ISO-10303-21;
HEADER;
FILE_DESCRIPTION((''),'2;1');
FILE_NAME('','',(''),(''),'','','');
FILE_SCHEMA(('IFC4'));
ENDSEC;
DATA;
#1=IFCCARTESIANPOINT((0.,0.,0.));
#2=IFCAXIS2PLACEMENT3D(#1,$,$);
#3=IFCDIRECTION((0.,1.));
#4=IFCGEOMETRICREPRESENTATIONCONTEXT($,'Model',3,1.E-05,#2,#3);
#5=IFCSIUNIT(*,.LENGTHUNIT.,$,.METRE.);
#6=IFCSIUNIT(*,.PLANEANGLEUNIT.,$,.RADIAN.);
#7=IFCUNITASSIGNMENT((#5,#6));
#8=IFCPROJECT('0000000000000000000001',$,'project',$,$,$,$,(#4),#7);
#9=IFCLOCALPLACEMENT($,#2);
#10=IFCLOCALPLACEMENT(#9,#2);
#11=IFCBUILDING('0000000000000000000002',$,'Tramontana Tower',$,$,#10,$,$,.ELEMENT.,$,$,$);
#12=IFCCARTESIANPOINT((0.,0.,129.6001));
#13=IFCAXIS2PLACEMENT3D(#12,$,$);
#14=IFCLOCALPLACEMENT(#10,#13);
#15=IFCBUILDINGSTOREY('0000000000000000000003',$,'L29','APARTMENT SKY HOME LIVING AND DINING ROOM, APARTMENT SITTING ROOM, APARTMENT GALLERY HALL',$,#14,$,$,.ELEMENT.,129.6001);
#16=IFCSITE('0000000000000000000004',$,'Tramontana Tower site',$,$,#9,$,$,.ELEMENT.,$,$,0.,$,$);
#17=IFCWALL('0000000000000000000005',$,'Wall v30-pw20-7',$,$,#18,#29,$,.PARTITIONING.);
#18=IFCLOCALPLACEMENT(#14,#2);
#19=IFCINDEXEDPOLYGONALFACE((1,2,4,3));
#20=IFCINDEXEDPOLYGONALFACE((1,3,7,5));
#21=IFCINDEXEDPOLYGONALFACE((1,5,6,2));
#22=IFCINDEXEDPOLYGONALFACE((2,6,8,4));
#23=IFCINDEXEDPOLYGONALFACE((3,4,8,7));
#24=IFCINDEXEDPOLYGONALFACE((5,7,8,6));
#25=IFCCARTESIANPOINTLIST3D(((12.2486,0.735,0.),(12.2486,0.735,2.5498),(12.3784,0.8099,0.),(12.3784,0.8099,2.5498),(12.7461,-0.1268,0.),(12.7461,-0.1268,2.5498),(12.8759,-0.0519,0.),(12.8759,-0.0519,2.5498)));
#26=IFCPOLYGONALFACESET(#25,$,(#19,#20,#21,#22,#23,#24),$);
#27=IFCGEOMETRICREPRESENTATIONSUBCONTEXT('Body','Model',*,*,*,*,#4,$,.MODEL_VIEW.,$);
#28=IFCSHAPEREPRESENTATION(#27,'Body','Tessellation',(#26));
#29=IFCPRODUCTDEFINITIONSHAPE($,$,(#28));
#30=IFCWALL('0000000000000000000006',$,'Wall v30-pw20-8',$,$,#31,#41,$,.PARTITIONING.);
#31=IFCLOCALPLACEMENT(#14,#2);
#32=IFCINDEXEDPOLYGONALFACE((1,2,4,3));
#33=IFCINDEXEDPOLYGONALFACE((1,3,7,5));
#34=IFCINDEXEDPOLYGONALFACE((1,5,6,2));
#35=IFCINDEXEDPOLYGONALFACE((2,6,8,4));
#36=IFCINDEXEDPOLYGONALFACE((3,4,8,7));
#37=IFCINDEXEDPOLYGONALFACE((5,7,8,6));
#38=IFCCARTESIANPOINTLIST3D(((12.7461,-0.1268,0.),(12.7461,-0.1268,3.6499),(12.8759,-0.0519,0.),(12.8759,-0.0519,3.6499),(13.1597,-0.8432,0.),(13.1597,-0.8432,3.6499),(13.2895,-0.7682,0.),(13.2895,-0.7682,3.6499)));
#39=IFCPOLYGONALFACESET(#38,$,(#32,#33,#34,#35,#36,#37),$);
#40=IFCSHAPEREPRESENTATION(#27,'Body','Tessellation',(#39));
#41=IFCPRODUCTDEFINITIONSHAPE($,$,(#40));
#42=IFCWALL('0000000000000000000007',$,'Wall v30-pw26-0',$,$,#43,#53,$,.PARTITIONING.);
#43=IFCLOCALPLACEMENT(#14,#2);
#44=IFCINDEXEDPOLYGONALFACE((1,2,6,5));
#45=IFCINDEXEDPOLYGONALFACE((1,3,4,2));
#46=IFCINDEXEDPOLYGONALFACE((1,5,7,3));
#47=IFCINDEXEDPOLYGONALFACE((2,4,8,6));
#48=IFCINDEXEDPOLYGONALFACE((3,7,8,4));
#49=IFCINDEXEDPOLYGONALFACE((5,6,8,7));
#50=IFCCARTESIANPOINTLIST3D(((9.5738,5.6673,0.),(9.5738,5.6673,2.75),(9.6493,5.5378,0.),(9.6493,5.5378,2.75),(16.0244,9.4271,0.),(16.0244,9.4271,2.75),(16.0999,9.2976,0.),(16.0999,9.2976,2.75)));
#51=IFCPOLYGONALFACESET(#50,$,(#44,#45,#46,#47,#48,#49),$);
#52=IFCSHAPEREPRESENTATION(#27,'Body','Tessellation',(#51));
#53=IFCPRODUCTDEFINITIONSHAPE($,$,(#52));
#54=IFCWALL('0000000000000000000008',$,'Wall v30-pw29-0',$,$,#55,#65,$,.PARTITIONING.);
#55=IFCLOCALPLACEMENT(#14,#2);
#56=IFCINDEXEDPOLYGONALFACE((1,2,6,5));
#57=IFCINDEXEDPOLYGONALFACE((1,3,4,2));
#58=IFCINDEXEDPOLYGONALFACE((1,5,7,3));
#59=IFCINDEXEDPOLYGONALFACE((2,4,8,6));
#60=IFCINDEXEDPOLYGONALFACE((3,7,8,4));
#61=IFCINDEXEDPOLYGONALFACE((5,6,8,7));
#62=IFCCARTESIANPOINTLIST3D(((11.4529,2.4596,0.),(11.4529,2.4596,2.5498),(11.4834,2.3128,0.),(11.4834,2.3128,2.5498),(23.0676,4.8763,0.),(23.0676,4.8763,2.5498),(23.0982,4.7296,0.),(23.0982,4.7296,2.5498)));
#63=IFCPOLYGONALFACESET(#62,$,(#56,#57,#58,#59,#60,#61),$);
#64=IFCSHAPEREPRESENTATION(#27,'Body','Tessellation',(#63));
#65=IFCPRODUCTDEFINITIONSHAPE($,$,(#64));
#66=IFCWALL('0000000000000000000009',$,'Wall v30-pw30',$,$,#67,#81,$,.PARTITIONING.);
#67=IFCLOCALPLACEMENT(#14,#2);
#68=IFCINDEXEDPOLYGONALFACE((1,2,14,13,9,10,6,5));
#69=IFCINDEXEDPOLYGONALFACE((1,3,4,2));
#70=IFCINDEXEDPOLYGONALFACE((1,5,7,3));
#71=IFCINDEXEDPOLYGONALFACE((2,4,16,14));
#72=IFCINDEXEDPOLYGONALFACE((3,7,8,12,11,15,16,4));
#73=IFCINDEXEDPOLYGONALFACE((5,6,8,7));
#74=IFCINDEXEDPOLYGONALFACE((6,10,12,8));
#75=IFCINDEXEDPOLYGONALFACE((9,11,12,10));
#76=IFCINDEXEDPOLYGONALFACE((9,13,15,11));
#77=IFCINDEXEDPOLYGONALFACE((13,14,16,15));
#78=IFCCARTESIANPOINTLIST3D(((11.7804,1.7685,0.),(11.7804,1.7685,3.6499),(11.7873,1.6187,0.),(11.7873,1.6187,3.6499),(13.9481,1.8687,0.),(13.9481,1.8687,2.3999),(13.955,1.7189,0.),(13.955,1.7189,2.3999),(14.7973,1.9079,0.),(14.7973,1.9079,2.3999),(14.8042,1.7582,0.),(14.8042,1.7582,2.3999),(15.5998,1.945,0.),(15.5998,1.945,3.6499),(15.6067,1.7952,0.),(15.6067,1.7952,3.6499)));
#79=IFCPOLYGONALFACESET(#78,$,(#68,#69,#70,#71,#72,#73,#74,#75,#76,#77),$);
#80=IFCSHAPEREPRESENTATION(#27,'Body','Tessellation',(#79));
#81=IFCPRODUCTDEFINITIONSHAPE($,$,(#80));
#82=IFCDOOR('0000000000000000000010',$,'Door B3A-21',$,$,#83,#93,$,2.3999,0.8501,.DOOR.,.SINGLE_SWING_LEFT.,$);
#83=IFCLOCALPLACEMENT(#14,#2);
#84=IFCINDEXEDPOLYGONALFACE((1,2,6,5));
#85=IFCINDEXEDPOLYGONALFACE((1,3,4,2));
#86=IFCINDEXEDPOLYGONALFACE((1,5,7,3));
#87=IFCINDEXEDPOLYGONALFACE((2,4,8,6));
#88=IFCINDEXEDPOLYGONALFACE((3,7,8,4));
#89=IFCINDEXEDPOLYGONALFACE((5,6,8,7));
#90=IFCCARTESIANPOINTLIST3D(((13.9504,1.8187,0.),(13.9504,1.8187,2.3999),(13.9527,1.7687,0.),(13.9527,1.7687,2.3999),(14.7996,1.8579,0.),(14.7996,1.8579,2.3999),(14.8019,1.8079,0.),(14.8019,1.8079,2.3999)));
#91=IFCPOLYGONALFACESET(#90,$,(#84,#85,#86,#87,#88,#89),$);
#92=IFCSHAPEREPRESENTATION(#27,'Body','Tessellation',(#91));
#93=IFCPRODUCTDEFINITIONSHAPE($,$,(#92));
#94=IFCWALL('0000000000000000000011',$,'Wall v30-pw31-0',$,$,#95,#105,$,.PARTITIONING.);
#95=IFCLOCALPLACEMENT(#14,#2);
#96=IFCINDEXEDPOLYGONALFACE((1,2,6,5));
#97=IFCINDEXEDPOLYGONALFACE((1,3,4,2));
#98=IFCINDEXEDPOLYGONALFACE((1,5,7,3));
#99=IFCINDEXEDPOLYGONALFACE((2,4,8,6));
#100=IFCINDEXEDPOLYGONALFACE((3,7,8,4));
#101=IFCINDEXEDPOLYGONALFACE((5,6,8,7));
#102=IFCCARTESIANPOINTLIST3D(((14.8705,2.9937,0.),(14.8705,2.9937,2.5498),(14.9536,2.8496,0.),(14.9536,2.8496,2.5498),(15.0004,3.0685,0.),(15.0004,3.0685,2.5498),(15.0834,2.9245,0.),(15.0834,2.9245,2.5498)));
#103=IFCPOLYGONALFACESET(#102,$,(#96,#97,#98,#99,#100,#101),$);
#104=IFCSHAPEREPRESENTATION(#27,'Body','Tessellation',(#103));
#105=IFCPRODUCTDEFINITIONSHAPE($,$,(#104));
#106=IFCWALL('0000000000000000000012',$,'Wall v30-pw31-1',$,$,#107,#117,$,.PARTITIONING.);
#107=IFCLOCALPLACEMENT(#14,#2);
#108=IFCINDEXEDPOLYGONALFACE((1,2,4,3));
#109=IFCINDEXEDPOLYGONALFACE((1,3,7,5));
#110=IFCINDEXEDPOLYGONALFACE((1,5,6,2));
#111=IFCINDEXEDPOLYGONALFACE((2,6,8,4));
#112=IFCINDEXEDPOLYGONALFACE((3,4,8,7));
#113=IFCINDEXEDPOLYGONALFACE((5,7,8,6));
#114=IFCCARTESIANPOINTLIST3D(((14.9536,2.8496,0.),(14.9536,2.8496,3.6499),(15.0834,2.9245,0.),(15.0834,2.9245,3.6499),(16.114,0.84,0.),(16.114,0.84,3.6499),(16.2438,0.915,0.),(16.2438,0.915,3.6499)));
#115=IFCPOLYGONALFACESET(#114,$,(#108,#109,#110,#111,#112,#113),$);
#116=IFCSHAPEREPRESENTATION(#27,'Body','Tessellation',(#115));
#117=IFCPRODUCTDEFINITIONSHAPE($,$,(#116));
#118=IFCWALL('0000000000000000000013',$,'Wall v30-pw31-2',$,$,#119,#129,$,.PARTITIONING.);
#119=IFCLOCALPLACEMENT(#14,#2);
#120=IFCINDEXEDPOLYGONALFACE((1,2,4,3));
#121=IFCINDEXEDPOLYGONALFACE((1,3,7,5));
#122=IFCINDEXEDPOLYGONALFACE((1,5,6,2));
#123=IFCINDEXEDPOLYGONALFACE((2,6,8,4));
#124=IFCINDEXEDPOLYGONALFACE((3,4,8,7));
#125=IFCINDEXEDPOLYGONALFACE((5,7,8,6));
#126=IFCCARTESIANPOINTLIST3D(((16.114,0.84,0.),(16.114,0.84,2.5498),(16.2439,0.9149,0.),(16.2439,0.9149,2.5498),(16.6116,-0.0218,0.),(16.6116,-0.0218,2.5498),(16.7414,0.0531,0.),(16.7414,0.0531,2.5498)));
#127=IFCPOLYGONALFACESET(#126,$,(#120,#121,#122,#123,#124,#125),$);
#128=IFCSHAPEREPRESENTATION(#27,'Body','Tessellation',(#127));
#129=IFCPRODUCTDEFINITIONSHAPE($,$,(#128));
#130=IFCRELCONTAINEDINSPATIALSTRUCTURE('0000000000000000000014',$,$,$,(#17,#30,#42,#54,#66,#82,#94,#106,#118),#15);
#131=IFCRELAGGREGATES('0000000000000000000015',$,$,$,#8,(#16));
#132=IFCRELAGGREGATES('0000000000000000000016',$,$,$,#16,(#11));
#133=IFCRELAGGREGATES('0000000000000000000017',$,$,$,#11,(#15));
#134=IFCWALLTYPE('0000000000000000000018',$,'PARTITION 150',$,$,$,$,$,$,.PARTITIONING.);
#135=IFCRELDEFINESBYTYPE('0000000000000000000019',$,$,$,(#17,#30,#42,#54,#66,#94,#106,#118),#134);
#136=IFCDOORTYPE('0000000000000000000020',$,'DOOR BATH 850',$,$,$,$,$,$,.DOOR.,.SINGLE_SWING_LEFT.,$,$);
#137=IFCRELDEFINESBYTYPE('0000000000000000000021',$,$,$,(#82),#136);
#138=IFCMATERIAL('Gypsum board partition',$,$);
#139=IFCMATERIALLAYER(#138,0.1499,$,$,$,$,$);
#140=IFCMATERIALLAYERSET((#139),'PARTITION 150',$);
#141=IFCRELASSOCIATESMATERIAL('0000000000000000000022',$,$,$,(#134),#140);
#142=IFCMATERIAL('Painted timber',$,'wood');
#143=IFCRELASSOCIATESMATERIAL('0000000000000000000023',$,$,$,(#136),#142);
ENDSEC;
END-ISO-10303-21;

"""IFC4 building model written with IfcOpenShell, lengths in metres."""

from ifc_helpers import new_model, si_unit, direction, frame, frame_2d, origin, place, context, subcontext, project, spatial, rectangle, extrude, material, layer, layer_set, type_object, element, fill, save


model = new_model("IFC4")

# Units and contexts
model_context = context("Model", 3, precision=1e-05, world=origin(), true_north=direction((0.0, 1.0)))
body_context = subcontext(model_context, "Body", "Model", "MODEL_VIEW")
ifc_project = project(units=[si_unit("LENGTHUNIT", "METRE"), si_unit("PLANEANGLEUNIT", "RADIAN")], contexts=[model_context])

# Site, building, storey
site_placement = place(None, origin())
site = spatial("IfcSite", under=ifc_project, at=site_placement, Name="Tramontana Tower site", CompositionType="ELEMENT", RefElevation=0.0)
building_placement = place(site_placement, origin())
building = spatial("IfcBuilding", under=site, at=building_placement, Name="Tramontana Tower", CompositionType="ELEMENT")
storey_placement = place(building_placement, frame((0.0, 0.0, 129.6001)))
storey = spatial("IfcBuildingStorey", under=building, at=storey_placement, Name="L29", Description="APARTMENT SKY HOME LIVING AND DINING ROOM, APARTMENT SITTING ROOM, APARTMENT GALLERY HALL", CompositionType="ELEMENT", Elevation=129.6001)

# Shared definitions
ifc_material_1 = material(Name="Gypsum board partition")
ifc_layer_1 = layer(ifc_material_1, 0.1499)
ifc_layer_set_1 = layer_set([ifc_layer_1], Name="PARTITION 150")
wall_type_1 = type_object("IfcWallType", Name="PARTITION 150", PredefinedType="PARTITIONING", material=ifc_layer_set_1)

# Walls
wall_1_placement = place(storey_placement, frame((12.3135, 0.7725, 0.0), z_axis=(0.0, 0.0, 1.0), x_axis=(0.499991, -0.86603, 0.0)))
element("IfcWall", 1, at=wall_1_placement, inside=storey, type_object=wall_type_1, Name="Wall v30-pw20-7", PredefinedType="PARTITIONING", context=body_context, shape_type="SweptSolid", body=[
    extrude(rectangle(XDim=0.9951, YDim=0.1499, at=frame_2d((0.4976, 0.0))), origin(), (0.0, 0.0, 1.0), 2.5498),
])
wall_2_placement = place(storey_placement, frame((12.811, -0.0894, 0.0), z_axis=(0.0, 0.0, 1.0), x_axis=(0.500012, -0.866018, 0.0)))
element("IfcWall", 2, at=wall_2_placement, inside=storey, type_object=wall_type_1, Name="Wall v30-pw20-8", PredefinedType="PARTITIONING", context=body_context, shape_type="SweptSolid", body=[
    extrude(rectangle(XDim=0.8271, YDim=0.1499, at=frame_2d((0.4136, 0.0))), origin(), (0.0, 0.0, 1.0), 3.6499),
])

# Walls
wall_3_placement = place(storey_placement, frame((9.6116, 5.6025, 0.0), z_axis=(0.0, 0.0, 1.0), x_axis=(0.863953, 0.503572, 0.0)))
element("IfcWall", 3, at=wall_3_placement, inside=storey, type_object=wall_type_1, Name="Wall v30-pw26-0", PredefinedType="PARTITIONING", context=body_context, shape_type="SweptSolid", body=[
    extrude(rectangle(XDim=7.4663, YDim=0.1499, at=frame_2d((3.7332, 0.0))), origin(), (0.0, 0.0, 1.0), 2.75),
])
wall_4_placement = place(storey_placement, frame((11.4683, 2.3862, 0.0), z_axis=(0.0, 0.0, 1.0), x_axis=(0.979031, 0.203713, 0.0)))
element("IfcWall", 4, at=wall_4_placement, inside=storey, type_object=wall_type_1, Name="Wall v30-pw29-0", PredefinedType="PARTITIONING", context=body_context, shape_type="SweptSolid", body=[
    extrude(rectangle(XDim=11.8635, YDim=0.1499, at=frame_2d((5.9316, 0.0))), origin(), (0.0, 0.0, 1.0), 2.5498),
])

# Wall, opening, door
wall_5_placement = place(storey_placement, frame((11.7839, 1.6936, 0.0), z_axis=(0.0, 0.0, 1.0), x_axis=(0.998934, 0.046167, 0.0)))
wall_5 = element("IfcWall", 5, at=wall_5_placement, inside=storey, type_object=wall_type_1, Name="Wall v30-pw30", PredefinedType="PARTITIONING", context=body_context, shape_type="SweptSolid", body=[
    extrude(rectangle(XDim=3.8235, YDim=0.1499, at=frame_2d((1.9116, 0.0))), origin(), (0.0, 0.0, 1.0), 3.6499),
])
opening_1_placement = place(wall_5_placement, frame((2.1699, 0.0, 0.0)))
opening_1 = element("IfcOpeningElement", 6, at=opening_1_placement, cuts=wall_5, PredefinedType="OPENING", context=body_context, shape_type="SweptSolid", body=[
    extrude(rectangle(XDim=0.8501, YDim=2.3999, at=frame_2d((0.425, 1.2))), frame((0.0, 0.085, 0.0), z_axis=(0.0, -1.0, 0.0), x_axis=(1.0, 0.0, 0.0)), (0.0, 0.0, 1.0), 0.1699),
])
ifc_material_2 = material(Name="Painted timber", Category="wood")
door_type_1 = type_object("IfcDoorType", Name="DOOR BATH 850", OperationType="SINGLE_SWING_LEFT", PredefinedType="DOOR", material=ifc_material_2)
door_1_placement = place(opening_1_placement, origin())
door_1 = element("IfcDoor", 7, at=door_1_placement, inside=storey, type_object=door_type_1, Name="Door B3A-21", OperationType="SINGLE_SWING_LEFT", OverallHeight=2.3999, OverallWidth=0.8501, PredefinedType="DOOR", context=body_context, shape_type="SweptSolid", body=[
    extrude(rectangle(XDim=0.8501, YDim=2.3999, at=frame_2d((0.425, 1.2))), frame((0.0, 0.0249, 0.0), z_axis=(0.0, -1.0, 0.0), x_axis=(1.0, 0.0, 0.0)), (0.0, 0.0, 1.0), 0.05),
])
fill(opening_1, door_1)

# Walls
wall_6_placement = place(storey_placement, frame((14.9355, 3.031, 0.0), z_axis=(0.0, 0.0, 1.0), x_axis=(0.499299, -0.86643, 0.0)))
element("IfcWall", 8, at=wall_6_placement, inside=storey, type_object=wall_type_1, Name="Wall v30-pw31-0", PredefinedType="PARTITIONING", context=body_context, shape_type="SweptSolid", body=[
    extrude(rectangle(XDim=0.1663, YDim=0.1499, at=frame_2d((0.083, 0.0))), origin(), (0.0, 0.0, 1.0), 2.5498),
])
wall_7_placement = place(storey_placement, frame((15.0186, 2.887, 0.0), z_axis=(0.0, 0.0, 1.0), x_axis=(0.500065, -0.865988, 0.0)))
element("IfcWall", 9, at=wall_7_placement, inside=storey, type_object=wall_type_1, Name="Wall v30-pw31-1", PredefinedType="PARTITIONING", context=body_context, shape_type="SweptSolid", body=[
    extrude(rectangle(XDim=2.3206, YDim=0.1499, at=frame_2d((1.1602, 0.0))), origin(), (0.0, 0.0, 1.0), 3.6499),
])
wall_8_placement = place(storey_placement, frame((16.179, 0.8774, 0.0), z_axis=(0.0, 0.0, 1.0), x_axis=(0.499991, -0.86603, 0.0)))
element("IfcWall", 10, at=wall_8_placement, inside=storey, type_object=wall_type_1, Name="Wall v30-pw31-2", PredefinedType="PARTITIONING", context=body_context, shape_type="SweptSolid", body=[
    extrude(rectangle(XDim=0.9951, YDim=0.1499, at=frame_2d((0.4976, 0.0))), origin(), (0.0, 0.0, 1.0), 2.5498),
])

save(model, "model.ifc")
